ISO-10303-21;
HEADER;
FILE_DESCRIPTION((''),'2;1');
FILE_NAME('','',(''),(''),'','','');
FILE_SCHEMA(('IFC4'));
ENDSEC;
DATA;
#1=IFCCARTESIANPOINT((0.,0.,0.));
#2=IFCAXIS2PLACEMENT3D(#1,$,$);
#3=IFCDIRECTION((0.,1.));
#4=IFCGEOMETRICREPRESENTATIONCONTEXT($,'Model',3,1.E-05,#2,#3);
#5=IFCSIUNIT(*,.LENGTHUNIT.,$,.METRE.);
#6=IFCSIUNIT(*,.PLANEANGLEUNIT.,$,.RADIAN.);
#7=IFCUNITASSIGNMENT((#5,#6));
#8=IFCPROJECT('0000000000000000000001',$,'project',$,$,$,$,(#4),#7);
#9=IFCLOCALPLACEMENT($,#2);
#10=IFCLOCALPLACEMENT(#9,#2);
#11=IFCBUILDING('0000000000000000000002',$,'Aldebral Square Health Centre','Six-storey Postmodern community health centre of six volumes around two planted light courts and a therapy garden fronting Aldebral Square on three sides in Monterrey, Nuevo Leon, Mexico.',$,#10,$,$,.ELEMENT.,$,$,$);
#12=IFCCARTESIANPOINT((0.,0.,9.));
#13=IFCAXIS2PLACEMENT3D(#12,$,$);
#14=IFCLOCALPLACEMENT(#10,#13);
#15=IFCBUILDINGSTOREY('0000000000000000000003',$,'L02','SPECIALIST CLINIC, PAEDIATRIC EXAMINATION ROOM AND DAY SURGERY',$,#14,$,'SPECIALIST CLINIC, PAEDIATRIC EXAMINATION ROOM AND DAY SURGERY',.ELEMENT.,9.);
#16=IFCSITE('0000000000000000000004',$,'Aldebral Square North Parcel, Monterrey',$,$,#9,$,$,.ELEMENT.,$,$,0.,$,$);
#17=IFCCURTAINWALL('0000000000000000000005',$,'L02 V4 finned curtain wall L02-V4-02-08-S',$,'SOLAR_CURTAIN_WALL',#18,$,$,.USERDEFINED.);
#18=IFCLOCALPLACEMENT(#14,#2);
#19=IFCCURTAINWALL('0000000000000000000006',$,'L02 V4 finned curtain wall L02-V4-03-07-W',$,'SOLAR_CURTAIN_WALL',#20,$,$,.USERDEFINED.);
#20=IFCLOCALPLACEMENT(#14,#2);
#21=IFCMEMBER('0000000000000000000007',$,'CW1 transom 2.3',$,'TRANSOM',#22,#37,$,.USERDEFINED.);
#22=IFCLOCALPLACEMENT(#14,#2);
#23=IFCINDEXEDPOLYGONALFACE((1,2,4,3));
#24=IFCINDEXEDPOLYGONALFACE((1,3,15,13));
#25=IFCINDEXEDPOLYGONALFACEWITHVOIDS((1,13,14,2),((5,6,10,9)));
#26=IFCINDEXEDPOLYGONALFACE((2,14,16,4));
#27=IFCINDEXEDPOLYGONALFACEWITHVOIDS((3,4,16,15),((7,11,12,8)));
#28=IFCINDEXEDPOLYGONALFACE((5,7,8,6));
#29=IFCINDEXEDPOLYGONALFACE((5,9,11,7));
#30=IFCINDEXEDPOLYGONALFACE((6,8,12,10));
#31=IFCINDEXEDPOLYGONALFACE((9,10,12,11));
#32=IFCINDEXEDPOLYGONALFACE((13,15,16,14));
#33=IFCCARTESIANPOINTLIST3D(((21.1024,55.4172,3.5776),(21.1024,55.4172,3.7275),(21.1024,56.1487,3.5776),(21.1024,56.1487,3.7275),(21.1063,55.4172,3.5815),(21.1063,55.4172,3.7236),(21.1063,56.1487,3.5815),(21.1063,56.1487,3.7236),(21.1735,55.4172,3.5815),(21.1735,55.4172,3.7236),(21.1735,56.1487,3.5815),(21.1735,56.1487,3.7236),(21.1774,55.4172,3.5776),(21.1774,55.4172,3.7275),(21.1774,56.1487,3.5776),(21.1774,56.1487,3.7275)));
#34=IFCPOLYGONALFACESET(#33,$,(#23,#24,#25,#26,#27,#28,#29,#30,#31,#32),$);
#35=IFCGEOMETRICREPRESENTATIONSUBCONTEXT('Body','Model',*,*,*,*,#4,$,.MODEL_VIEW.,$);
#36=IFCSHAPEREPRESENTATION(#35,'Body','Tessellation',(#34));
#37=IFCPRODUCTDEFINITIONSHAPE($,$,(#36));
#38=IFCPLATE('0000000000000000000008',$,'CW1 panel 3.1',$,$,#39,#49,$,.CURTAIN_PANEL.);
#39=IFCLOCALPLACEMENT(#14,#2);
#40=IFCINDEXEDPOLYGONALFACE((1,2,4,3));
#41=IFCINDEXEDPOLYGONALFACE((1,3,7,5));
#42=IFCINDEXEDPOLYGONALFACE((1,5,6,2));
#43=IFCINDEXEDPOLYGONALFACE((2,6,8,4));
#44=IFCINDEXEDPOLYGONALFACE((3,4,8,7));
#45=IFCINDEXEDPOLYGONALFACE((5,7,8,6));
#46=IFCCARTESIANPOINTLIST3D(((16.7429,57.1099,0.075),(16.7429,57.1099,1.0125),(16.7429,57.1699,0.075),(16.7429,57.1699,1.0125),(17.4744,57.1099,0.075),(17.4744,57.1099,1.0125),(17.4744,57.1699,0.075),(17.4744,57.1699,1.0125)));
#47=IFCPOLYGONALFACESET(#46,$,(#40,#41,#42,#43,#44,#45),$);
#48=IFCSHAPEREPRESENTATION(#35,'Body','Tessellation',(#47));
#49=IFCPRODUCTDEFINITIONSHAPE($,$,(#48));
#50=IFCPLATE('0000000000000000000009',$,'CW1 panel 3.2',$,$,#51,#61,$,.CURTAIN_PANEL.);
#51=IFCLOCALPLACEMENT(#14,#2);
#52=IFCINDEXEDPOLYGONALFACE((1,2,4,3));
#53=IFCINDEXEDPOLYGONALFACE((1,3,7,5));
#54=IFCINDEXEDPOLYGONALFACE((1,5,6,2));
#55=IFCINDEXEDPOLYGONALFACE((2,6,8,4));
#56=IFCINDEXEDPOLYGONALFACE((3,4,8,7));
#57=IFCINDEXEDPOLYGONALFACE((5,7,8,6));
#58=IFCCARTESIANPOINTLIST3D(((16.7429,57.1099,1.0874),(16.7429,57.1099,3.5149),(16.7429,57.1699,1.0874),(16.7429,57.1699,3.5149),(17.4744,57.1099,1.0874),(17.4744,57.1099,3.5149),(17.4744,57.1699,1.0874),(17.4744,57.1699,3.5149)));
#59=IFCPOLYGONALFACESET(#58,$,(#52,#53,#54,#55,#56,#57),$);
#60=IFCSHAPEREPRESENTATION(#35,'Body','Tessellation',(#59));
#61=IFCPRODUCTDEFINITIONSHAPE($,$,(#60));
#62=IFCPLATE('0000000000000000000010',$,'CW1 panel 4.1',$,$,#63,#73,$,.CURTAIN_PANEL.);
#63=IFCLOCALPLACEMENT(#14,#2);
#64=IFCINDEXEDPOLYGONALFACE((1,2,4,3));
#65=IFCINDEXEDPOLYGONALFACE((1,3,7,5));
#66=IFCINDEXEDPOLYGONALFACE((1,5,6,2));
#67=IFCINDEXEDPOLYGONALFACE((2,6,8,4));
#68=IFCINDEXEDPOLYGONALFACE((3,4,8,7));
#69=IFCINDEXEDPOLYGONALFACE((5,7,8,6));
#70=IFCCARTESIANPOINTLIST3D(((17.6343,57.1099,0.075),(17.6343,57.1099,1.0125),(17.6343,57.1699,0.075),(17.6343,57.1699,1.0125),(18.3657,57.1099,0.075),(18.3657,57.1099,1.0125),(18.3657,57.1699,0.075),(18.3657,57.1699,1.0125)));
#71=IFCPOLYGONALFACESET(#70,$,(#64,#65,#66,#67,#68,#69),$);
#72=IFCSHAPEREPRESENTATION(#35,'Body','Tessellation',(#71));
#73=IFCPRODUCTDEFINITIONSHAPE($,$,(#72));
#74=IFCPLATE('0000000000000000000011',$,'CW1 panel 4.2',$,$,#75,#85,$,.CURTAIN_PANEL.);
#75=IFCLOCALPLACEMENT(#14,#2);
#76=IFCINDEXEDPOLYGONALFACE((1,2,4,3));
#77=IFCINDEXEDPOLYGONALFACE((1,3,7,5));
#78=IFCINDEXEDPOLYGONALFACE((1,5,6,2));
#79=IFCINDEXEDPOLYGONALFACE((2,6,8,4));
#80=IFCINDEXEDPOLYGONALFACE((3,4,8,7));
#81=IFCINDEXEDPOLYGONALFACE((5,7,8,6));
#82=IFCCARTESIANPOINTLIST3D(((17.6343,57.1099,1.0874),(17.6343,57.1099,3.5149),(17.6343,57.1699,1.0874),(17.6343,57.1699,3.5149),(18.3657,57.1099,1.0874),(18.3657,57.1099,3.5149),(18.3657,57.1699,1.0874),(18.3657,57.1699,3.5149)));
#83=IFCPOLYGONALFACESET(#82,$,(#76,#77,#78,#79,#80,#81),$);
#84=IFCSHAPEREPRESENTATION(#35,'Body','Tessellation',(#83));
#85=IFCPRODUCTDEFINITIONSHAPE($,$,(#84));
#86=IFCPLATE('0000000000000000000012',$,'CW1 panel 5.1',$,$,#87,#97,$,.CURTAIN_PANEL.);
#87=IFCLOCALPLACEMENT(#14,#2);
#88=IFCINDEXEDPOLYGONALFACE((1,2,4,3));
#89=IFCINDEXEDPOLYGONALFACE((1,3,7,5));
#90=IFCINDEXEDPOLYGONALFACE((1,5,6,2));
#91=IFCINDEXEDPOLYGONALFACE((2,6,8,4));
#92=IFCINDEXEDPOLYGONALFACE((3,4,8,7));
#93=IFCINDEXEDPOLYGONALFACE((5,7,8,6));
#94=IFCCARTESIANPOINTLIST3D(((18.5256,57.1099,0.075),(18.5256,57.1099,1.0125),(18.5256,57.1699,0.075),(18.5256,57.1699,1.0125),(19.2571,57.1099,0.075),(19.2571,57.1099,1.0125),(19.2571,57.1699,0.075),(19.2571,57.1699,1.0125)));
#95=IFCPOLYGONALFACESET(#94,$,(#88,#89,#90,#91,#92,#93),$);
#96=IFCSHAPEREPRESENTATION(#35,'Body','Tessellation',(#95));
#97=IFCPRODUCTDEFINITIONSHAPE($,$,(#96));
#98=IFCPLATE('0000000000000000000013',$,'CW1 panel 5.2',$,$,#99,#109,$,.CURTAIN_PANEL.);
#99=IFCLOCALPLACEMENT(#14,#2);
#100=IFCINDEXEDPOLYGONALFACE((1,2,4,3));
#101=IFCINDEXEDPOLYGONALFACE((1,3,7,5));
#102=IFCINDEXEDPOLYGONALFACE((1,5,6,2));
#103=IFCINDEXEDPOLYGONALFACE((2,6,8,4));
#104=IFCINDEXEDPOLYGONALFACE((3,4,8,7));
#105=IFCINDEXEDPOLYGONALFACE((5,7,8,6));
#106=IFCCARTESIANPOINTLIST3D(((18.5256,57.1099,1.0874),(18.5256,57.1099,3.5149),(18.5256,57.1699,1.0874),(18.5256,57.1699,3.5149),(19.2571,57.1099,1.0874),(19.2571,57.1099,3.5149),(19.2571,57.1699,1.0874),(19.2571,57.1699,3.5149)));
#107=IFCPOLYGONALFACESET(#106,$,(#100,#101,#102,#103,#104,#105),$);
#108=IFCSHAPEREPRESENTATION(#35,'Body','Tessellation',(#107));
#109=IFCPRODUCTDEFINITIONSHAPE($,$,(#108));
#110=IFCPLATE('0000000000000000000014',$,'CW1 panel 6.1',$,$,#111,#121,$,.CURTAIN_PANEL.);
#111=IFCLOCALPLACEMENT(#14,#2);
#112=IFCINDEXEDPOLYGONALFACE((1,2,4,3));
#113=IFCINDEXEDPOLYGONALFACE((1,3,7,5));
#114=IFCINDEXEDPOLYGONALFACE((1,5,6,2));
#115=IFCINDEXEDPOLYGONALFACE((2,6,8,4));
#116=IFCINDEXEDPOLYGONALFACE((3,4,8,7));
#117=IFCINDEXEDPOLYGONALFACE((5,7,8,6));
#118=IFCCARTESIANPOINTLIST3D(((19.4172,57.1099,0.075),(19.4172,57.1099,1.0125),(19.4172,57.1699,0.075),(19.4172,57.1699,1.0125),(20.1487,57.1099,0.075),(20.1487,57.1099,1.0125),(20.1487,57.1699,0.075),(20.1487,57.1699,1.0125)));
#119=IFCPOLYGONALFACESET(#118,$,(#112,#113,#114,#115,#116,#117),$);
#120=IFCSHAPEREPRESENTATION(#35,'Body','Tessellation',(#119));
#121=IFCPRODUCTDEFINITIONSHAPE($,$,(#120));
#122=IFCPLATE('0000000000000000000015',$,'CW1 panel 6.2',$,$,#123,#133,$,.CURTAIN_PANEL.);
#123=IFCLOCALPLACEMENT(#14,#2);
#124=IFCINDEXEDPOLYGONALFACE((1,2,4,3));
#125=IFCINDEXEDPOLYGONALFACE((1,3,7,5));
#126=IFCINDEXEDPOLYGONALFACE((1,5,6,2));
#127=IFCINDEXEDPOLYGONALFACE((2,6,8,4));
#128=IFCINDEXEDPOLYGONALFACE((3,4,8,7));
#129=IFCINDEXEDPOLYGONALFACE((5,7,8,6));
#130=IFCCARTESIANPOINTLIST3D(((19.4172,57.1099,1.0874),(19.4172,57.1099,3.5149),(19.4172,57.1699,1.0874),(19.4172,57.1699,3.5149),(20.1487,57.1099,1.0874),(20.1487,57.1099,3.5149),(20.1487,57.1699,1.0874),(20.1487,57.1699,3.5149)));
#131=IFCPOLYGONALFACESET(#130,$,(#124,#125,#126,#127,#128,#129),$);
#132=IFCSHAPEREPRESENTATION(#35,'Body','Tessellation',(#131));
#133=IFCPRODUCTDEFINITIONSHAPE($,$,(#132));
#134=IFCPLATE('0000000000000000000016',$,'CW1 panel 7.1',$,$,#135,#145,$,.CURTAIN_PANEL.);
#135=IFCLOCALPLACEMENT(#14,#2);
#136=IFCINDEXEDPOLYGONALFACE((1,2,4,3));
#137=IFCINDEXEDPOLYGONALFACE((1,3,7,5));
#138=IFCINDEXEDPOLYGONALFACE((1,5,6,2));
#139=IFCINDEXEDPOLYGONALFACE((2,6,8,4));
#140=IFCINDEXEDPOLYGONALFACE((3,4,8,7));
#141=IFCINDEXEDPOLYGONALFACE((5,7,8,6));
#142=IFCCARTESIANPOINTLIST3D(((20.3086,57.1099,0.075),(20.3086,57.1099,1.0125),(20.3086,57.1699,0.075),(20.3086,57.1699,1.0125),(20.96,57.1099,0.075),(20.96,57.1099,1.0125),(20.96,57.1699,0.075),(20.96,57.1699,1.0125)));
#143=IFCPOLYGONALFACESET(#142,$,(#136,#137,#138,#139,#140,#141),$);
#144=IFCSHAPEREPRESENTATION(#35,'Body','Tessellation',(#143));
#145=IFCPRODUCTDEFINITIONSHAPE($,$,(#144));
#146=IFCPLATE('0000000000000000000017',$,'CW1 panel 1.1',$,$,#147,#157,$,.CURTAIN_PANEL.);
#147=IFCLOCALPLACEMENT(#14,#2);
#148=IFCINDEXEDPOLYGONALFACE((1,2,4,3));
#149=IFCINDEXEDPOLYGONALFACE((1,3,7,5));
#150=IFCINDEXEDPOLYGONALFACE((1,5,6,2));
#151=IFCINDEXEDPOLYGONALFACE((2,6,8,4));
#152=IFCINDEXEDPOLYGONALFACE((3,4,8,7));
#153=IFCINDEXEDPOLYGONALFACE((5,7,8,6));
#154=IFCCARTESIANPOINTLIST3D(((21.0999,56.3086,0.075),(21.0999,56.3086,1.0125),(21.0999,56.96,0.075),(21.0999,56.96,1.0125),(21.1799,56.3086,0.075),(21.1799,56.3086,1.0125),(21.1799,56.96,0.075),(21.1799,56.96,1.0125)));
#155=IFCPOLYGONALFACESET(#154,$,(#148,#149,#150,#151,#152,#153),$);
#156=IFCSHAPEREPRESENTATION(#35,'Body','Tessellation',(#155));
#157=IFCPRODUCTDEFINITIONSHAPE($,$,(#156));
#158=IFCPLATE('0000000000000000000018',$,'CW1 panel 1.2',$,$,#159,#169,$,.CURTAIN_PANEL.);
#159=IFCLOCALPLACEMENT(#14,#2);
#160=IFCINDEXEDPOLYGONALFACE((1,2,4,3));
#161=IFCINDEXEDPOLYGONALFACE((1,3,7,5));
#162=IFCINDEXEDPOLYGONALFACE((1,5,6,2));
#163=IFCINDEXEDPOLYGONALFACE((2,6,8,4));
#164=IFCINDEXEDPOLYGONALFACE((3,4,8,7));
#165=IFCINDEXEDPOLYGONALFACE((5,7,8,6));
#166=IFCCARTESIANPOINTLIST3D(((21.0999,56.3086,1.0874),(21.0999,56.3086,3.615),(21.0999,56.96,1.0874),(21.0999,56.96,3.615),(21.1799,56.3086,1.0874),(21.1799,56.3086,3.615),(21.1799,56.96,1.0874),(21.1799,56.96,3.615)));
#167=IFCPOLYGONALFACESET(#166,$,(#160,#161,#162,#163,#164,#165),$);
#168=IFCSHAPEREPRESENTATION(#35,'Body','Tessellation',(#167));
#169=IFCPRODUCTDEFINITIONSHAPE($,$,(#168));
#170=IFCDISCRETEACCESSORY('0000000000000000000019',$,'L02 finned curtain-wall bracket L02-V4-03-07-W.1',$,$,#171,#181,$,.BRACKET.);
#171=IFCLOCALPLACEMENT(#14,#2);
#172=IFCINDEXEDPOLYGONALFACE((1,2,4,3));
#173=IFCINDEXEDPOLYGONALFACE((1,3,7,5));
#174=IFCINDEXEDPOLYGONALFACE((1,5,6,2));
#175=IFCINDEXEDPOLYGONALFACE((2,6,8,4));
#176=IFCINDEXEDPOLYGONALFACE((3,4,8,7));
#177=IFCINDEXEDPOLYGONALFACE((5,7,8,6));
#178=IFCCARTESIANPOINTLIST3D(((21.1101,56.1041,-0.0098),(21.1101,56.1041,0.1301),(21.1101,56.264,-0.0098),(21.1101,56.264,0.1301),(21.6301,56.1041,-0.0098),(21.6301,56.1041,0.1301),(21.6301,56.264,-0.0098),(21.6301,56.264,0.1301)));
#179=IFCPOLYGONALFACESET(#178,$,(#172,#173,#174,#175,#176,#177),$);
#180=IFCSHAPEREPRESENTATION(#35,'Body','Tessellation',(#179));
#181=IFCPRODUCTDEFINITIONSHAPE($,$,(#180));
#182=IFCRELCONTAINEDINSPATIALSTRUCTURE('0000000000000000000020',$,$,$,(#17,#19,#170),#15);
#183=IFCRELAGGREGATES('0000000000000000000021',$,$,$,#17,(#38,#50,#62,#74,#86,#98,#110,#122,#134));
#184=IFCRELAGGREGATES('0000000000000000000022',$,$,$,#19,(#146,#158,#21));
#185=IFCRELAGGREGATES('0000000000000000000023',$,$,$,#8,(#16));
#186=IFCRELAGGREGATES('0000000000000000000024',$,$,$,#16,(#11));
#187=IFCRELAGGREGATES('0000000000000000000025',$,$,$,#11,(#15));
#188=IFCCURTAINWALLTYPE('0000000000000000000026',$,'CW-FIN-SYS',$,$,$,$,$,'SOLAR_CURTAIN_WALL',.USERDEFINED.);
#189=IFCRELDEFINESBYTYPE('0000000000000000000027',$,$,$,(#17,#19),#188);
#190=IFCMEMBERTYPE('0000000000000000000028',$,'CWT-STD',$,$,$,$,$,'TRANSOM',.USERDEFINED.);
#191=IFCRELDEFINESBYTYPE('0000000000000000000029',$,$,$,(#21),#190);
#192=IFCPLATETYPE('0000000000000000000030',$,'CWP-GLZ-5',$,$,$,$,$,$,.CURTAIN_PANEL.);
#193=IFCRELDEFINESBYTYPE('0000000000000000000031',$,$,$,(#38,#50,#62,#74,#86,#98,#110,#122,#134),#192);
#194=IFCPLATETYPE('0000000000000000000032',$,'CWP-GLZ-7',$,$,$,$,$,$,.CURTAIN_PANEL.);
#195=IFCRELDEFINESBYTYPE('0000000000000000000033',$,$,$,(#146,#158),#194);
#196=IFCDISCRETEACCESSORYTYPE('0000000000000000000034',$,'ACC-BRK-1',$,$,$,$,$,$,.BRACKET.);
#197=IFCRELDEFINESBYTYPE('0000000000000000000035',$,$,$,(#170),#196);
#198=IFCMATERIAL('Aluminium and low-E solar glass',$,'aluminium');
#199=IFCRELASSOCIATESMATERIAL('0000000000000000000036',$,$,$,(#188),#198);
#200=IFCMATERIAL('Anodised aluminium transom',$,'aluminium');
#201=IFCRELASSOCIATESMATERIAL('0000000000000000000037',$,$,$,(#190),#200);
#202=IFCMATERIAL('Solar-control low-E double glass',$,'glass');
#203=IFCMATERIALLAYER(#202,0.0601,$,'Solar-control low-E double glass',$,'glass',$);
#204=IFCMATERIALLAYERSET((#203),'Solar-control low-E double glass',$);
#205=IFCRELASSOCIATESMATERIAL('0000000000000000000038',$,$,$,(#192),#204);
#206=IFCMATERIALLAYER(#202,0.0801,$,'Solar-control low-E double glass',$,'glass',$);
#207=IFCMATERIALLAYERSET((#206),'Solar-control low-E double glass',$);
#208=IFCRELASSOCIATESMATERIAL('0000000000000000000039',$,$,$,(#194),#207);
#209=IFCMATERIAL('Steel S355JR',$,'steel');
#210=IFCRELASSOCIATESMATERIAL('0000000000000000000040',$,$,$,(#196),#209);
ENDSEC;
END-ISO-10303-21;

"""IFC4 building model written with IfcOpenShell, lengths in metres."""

from ifc_helpers import new_model, si_unit, direction, frame, origin, origin_2d, place, context, subcontext, project, spatial, rectangle, hollow_rectangle, extrude, material, layer, layer_set, material_profile, profile_set, type_object, element, aggregate, save


model = new_model("IFC4")

# Units and contexts
model_context = context("Model", 3, precision=1e-05, world=origin(), true_north=direction((0.0, 1.0)))
body_context = subcontext(model_context, "Body", "Model", "MODEL_VIEW")
ifc_project = project(units=[si_unit("LENGTHUNIT", "METRE"), si_unit("PLANEANGLEUNIT", "RADIAN")], contexts=[model_context])

# Site, building, storey
site_placement = place(None, origin())
site = spatial("IfcSite", under=ifc_project, at=site_placement, Name="Aldebral Square North Parcel, Monterrey", CompositionType="ELEMENT", RefElevation=0.0)
building_placement = place(site_placement, origin())
building = spatial("IfcBuilding", under=site, at=building_placement, Name="Aldebral Square Health Centre", Description="Six-storey Postmodern community health centre of six volumes around two planted light courts and a therapy garden fronting Aldebral Square on three sides in Monterrey, Nuevo Leon, Mexico.", CompositionType="ELEMENT")
storey_placement = place(building_placement, frame((0.0, 0.0, 9.0)))
storey = spatial("IfcBuildingStorey", under=building, at=storey_placement, Name="L02", Description="SPECIALIST CLINIC, PAEDIATRIC EXAMINATION ROOM AND DAY SURGERY", LongName="SPECIALIST CLINIC, PAEDIATRIC EXAMINATION ROOM AND DAY SURGERY", CompositionType="ELEMENT", Elevation=9.0)

# Curtain walls
ifc_material_1 = material(Name="Aluminium and low-E solar glass", Category="aluminium")
curtain_wall_type = type_object("IfcCurtainWallType", Name="CW-FIN-SYS", ElementType="SOLAR_CURTAIN_WALL", PredefinedType="USERDEFINED", material=ifc_material_1)
curtain_wall_1_placement = place(storey_placement, origin())
curtain_wall_1 = element("IfcCurtainWall", 1, at=curtain_wall_1_placement, inside=storey, type_object=curtain_wall_type, Name="L02 V4 finned curtain wall L02-V4-02-08-S", ObjectType="SOLAR_CURTAIN_WALL", PredefinedType="USERDEFINED")
curtain_wall_2_placement = place(storey_placement, origin())
curtain_wall_2 = element("IfcCurtainWall", 2, at=curtain_wall_2_placement, inside=storey, type_object=curtain_wall_type, Name="L02 V4 finned curtain wall L02-V4-03-07-W", ObjectType="SOLAR_CURTAIN_WALL", PredefinedType="USERDEFINED")

# Member
ifc_material_2 = material(Name="Anodised aluminium transom", Category="aluminium")
ifc_material_profile_1 = material_profile(ifc_material_2, hollow_rectangle(XDim=0.075, YDim=0.1499, WallThickness=0.0039, at=origin_2d()), Name="CWT 75x150x4")
ifc_profile_set_1 = profile_set([ifc_material_profile_1], Name="Anodised aluminium transom")
member_type_1 = type_object("IfcMemberType", Name="CWT-STD", ElementType="TRANSOM", PredefinedType="USERDEFINED", material=ifc_profile_set_1)
member_1_placement = place(storey_placement, frame((21.1399, 56.1487, 3.6526), z_axis=(0.0, -1.0, 0.0), x_axis=(1.0, 0.0, 0.0)))
member_1 = element("IfcMember", 3, at=member_1_placement, type_object=member_type_1, Name="CW1 transom 2.3", ObjectType="TRANSOM", PredefinedType="USERDEFINED", context=body_context, shape_type="SweptSolid", body=[
    extrude(hollow_rectangle(XDim=0.075, YDim=0.1499, WallThickness=0.0039, at=origin_2d()), origin(), (0.0, 0.0, 1.0), 0.7314),
])

# Plates
ifc_material_3 = material(Name="Solar-control low-E double glass", Category="glass")
ifc_layer_1 = layer(ifc_material_3, 0.0601, Name="Solar-control low-E double glass", Category="glass")
ifc_layer_set_1 = layer_set([ifc_layer_1], Name="Solar-control low-E double glass")
plate_type_1 = type_object("IfcPlateType", Name="CWP-GLZ-5", PredefinedType="CURTAIN_PANEL", material=ifc_layer_set_1)
plate_1_placement = place(storey_placement, frame((17.1086, 57.1399, 0.075), z_axis=(0.0, 0.0, 1.0), x_axis=(1.0, 0.0, 0.0)))
plate_1 = element("IfcPlate", 4, at=plate_1_placement, type_object=plate_type_1, Name="CW1 panel 3.1", PredefinedType="CURTAIN_PANEL", context=body_context, shape_type="SweptSolid", body=[
    extrude(rectangle(XDim=0.7314, YDim=0.0601, at=origin_2d()), origin(), (0.0, 0.0, 1.0), 0.9375),
])
plate_2_placement = place(storey_placement, frame((17.1086, 57.1399, 1.0874), z_axis=(0.0, 0.0, 1.0), x_axis=(1.0, 0.0, 0.0)))
plate_2 = element("IfcPlate", 5, at=plate_2_placement, type_object=plate_type_1, Name="CW1 panel 3.2", PredefinedType="CURTAIN_PANEL", context=body_context, shape_type="SweptSolid", body=[
    extrude(rectangle(XDim=0.7314, YDim=0.0601, at=origin_2d()), origin(), (0.0, 0.0, 1.0), 2.4275),
])
plate_3_placement = place(storey_placement, frame((18.0, 57.1399, 0.075), z_axis=(0.0, 0.0, 1.0), x_axis=(1.0, 0.0, 0.0)))
plate_3 = element("IfcPlate", 6, at=plate_3_placement, type_object=plate_type_1, Name="CW1 panel 4.1", PredefinedType="CURTAIN_PANEL", context=body_context, shape_type="SweptSolid", body=[
    extrude(rectangle(XDim=0.7314, YDim=0.0601, at=origin_2d()), origin(), (0.0, 0.0, 1.0), 0.9375),
])
plate_4_placement = place(storey_placement, frame((18.0, 57.1399, 1.0874), z_axis=(0.0, 0.0, 1.0), x_axis=(1.0, 0.0, 0.0)))
plate_4 = element("IfcPlate", 7, at=plate_4_placement, type_object=plate_type_1, Name="CW1 panel 4.2", PredefinedType="CURTAIN_PANEL", context=body_context, shape_type="SweptSolid", body=[
    extrude(rectangle(XDim=0.7314, YDim=0.0601, at=origin_2d()), origin(), (0.0, 0.0, 1.0), 2.4275),
])
plate_5_placement = place(storey_placement, frame((18.8914, 57.1399, 0.075), z_axis=(0.0, 0.0, 1.0), x_axis=(1.0, 0.0, 0.0)))
plate_5 = element("IfcPlate", 8, at=plate_5_placement, type_object=plate_type_1, Name="CW1 panel 5.1", PredefinedType="CURTAIN_PANEL", context=body_context, shape_type="SweptSolid", body=[
    extrude(rectangle(XDim=0.7314, YDim=0.0601, at=origin_2d()), origin(), (0.0, 0.0, 1.0), 0.9375),
])
plate_6_placement = place(storey_placement, frame((18.8914, 57.1399, 1.0874), z_axis=(0.0, 0.0, 1.0), x_axis=(1.0, 0.0, 0.0)))
plate_6 = element("IfcPlate", 9, at=plate_6_placement, type_object=plate_type_1, Name="CW1 panel 5.2", PredefinedType="CURTAIN_PANEL", context=body_context, shape_type="SweptSolid", body=[
    extrude(rectangle(XDim=0.7314, YDim=0.0601, at=origin_2d()), origin(), (0.0, 0.0, 1.0), 2.4275),
])
plate_7_placement = place(storey_placement, frame((19.783, 57.1399, 0.075), z_axis=(0.0, 0.0, 1.0), x_axis=(1.0, 0.0, 0.0)))
plate_7 = element("IfcPlate", 10, at=plate_7_placement, type_object=plate_type_1, Name="CW1 panel 6.1", PredefinedType="CURTAIN_PANEL", context=body_context, shape_type="SweptSolid", body=[
    extrude(rectangle(XDim=0.7314, YDim=0.0601, at=origin_2d()), origin(), (0.0, 0.0, 1.0), 0.9375),
])
plate_8_placement = place(storey_placement, frame((19.783, 57.1399, 1.0874), z_axis=(0.0, 0.0, 1.0), x_axis=(1.0, 0.0, 0.0)))
plate_8 = element("IfcPlate", 11, at=plate_8_placement, type_object=plate_type_1, Name="CW1 panel 6.2", PredefinedType="CURTAIN_PANEL", context=body_context, shape_type="SweptSolid", body=[
    extrude(rectangle(XDim=0.7314, YDim=0.0601, at=origin_2d()), origin(), (0.0, 0.0, 1.0), 2.4275),
])
plate_9_placement = place(storey_placement, frame((20.6343, 57.1399, 0.075), z_axis=(0.0, 0.0, 1.0), x_axis=(1.0, 0.0, 0.0)))
plate_9 = element("IfcPlate", 12, at=plate_9_placement, type_object=plate_type_1, Name="CW1 panel 7.1", PredefinedType="CURTAIN_PANEL", context=body_context, shape_type="SweptSolid", body=[
    extrude(rectangle(XDim=0.6514, YDim=0.0601, at=origin_2d()), origin(), (0.0, 0.0, 1.0), 0.9375),
])
aggregate(curtain_wall_1, [plate_1, plate_2, plate_3, plate_4, plate_5, plate_6, plate_7, plate_8, plate_9])
ifc_layer_2 = layer(ifc_material_3, 0.0801, Name="Solar-control low-E double glass", Category="glass")
ifc_layer_set_2 = layer_set([ifc_layer_2], Name="Solar-control low-E double glass")
plate_type_2 = type_object("IfcPlateType", Name="CWP-GLZ-7", PredefinedType="CURTAIN_PANEL", material=ifc_layer_set_2)
plate_10_placement = place(storey_placement, frame((21.1399, 56.6343, 0.075), z_axis=(0.0, 0.0, 1.0), x_axis=(0.0, -1.0, 0.0)))
plate_10 = element("IfcPlate", 13, at=plate_10_placement, type_object=plate_type_2, Name="CW1 panel 1.1", PredefinedType="CURTAIN_PANEL", context=body_context, shape_type="SweptSolid", body=[
    extrude(rectangle(XDim=0.6514, YDim=0.0801, at=origin_2d()), origin(), (0.0, 0.0, 1.0), 0.9375),
])
plate_11_placement = place(storey_placement, frame((21.1399, 56.6343, 1.0874), z_axis=(0.0, 0.0, 1.0), x_axis=(0.0, -1.0, 0.0)))
plate_11 = element("IfcPlate", 14, at=plate_11_placement, type_object=plate_type_2, Name="CW1 panel 1.2", PredefinedType="CURTAIN_PANEL", context=body_context, shape_type="SweptSolid", body=[
    extrude(rectangle(XDim=0.6514, YDim=0.0801, at=origin_2d()), origin(), (0.0, 0.0, 1.0), 2.5276),
])
aggregate(curtain_wall_2, [plate_10, plate_11, member_1])

# Discrete accessory
ifc_material_4 = material(Name="Steel S355JR", Category="steel")
discrete_accessory_type = type_object("IfcDiscreteAccessoryType", Name="ACC-BRK-1", PredefinedType="BRACKET", material=ifc_material_4)
discrete_accessory_placement = place(storey_placement, frame((21.3701, 56.1841, -0.0098), z_axis=(0.0, 0.0, 1.0), x_axis=(0.0, 1.0, 0.0)))
element("IfcDiscreteAccessory", 15, at=discrete_accessory_placement, inside=storey, type_object=discrete_accessory_type, Name="L02 finned curtain-wall bracket L02-V4-03-07-W.1", PredefinedType="BRACKET", context=body_context, shape_type="SweptSolid", body=[
    extrude(rectangle(XDim=0.1599, YDim=0.52, at=origin_2d()), origin(), (0.0, 0.0, 1.0), 0.1399),
])

save(model, "model.ifc")
